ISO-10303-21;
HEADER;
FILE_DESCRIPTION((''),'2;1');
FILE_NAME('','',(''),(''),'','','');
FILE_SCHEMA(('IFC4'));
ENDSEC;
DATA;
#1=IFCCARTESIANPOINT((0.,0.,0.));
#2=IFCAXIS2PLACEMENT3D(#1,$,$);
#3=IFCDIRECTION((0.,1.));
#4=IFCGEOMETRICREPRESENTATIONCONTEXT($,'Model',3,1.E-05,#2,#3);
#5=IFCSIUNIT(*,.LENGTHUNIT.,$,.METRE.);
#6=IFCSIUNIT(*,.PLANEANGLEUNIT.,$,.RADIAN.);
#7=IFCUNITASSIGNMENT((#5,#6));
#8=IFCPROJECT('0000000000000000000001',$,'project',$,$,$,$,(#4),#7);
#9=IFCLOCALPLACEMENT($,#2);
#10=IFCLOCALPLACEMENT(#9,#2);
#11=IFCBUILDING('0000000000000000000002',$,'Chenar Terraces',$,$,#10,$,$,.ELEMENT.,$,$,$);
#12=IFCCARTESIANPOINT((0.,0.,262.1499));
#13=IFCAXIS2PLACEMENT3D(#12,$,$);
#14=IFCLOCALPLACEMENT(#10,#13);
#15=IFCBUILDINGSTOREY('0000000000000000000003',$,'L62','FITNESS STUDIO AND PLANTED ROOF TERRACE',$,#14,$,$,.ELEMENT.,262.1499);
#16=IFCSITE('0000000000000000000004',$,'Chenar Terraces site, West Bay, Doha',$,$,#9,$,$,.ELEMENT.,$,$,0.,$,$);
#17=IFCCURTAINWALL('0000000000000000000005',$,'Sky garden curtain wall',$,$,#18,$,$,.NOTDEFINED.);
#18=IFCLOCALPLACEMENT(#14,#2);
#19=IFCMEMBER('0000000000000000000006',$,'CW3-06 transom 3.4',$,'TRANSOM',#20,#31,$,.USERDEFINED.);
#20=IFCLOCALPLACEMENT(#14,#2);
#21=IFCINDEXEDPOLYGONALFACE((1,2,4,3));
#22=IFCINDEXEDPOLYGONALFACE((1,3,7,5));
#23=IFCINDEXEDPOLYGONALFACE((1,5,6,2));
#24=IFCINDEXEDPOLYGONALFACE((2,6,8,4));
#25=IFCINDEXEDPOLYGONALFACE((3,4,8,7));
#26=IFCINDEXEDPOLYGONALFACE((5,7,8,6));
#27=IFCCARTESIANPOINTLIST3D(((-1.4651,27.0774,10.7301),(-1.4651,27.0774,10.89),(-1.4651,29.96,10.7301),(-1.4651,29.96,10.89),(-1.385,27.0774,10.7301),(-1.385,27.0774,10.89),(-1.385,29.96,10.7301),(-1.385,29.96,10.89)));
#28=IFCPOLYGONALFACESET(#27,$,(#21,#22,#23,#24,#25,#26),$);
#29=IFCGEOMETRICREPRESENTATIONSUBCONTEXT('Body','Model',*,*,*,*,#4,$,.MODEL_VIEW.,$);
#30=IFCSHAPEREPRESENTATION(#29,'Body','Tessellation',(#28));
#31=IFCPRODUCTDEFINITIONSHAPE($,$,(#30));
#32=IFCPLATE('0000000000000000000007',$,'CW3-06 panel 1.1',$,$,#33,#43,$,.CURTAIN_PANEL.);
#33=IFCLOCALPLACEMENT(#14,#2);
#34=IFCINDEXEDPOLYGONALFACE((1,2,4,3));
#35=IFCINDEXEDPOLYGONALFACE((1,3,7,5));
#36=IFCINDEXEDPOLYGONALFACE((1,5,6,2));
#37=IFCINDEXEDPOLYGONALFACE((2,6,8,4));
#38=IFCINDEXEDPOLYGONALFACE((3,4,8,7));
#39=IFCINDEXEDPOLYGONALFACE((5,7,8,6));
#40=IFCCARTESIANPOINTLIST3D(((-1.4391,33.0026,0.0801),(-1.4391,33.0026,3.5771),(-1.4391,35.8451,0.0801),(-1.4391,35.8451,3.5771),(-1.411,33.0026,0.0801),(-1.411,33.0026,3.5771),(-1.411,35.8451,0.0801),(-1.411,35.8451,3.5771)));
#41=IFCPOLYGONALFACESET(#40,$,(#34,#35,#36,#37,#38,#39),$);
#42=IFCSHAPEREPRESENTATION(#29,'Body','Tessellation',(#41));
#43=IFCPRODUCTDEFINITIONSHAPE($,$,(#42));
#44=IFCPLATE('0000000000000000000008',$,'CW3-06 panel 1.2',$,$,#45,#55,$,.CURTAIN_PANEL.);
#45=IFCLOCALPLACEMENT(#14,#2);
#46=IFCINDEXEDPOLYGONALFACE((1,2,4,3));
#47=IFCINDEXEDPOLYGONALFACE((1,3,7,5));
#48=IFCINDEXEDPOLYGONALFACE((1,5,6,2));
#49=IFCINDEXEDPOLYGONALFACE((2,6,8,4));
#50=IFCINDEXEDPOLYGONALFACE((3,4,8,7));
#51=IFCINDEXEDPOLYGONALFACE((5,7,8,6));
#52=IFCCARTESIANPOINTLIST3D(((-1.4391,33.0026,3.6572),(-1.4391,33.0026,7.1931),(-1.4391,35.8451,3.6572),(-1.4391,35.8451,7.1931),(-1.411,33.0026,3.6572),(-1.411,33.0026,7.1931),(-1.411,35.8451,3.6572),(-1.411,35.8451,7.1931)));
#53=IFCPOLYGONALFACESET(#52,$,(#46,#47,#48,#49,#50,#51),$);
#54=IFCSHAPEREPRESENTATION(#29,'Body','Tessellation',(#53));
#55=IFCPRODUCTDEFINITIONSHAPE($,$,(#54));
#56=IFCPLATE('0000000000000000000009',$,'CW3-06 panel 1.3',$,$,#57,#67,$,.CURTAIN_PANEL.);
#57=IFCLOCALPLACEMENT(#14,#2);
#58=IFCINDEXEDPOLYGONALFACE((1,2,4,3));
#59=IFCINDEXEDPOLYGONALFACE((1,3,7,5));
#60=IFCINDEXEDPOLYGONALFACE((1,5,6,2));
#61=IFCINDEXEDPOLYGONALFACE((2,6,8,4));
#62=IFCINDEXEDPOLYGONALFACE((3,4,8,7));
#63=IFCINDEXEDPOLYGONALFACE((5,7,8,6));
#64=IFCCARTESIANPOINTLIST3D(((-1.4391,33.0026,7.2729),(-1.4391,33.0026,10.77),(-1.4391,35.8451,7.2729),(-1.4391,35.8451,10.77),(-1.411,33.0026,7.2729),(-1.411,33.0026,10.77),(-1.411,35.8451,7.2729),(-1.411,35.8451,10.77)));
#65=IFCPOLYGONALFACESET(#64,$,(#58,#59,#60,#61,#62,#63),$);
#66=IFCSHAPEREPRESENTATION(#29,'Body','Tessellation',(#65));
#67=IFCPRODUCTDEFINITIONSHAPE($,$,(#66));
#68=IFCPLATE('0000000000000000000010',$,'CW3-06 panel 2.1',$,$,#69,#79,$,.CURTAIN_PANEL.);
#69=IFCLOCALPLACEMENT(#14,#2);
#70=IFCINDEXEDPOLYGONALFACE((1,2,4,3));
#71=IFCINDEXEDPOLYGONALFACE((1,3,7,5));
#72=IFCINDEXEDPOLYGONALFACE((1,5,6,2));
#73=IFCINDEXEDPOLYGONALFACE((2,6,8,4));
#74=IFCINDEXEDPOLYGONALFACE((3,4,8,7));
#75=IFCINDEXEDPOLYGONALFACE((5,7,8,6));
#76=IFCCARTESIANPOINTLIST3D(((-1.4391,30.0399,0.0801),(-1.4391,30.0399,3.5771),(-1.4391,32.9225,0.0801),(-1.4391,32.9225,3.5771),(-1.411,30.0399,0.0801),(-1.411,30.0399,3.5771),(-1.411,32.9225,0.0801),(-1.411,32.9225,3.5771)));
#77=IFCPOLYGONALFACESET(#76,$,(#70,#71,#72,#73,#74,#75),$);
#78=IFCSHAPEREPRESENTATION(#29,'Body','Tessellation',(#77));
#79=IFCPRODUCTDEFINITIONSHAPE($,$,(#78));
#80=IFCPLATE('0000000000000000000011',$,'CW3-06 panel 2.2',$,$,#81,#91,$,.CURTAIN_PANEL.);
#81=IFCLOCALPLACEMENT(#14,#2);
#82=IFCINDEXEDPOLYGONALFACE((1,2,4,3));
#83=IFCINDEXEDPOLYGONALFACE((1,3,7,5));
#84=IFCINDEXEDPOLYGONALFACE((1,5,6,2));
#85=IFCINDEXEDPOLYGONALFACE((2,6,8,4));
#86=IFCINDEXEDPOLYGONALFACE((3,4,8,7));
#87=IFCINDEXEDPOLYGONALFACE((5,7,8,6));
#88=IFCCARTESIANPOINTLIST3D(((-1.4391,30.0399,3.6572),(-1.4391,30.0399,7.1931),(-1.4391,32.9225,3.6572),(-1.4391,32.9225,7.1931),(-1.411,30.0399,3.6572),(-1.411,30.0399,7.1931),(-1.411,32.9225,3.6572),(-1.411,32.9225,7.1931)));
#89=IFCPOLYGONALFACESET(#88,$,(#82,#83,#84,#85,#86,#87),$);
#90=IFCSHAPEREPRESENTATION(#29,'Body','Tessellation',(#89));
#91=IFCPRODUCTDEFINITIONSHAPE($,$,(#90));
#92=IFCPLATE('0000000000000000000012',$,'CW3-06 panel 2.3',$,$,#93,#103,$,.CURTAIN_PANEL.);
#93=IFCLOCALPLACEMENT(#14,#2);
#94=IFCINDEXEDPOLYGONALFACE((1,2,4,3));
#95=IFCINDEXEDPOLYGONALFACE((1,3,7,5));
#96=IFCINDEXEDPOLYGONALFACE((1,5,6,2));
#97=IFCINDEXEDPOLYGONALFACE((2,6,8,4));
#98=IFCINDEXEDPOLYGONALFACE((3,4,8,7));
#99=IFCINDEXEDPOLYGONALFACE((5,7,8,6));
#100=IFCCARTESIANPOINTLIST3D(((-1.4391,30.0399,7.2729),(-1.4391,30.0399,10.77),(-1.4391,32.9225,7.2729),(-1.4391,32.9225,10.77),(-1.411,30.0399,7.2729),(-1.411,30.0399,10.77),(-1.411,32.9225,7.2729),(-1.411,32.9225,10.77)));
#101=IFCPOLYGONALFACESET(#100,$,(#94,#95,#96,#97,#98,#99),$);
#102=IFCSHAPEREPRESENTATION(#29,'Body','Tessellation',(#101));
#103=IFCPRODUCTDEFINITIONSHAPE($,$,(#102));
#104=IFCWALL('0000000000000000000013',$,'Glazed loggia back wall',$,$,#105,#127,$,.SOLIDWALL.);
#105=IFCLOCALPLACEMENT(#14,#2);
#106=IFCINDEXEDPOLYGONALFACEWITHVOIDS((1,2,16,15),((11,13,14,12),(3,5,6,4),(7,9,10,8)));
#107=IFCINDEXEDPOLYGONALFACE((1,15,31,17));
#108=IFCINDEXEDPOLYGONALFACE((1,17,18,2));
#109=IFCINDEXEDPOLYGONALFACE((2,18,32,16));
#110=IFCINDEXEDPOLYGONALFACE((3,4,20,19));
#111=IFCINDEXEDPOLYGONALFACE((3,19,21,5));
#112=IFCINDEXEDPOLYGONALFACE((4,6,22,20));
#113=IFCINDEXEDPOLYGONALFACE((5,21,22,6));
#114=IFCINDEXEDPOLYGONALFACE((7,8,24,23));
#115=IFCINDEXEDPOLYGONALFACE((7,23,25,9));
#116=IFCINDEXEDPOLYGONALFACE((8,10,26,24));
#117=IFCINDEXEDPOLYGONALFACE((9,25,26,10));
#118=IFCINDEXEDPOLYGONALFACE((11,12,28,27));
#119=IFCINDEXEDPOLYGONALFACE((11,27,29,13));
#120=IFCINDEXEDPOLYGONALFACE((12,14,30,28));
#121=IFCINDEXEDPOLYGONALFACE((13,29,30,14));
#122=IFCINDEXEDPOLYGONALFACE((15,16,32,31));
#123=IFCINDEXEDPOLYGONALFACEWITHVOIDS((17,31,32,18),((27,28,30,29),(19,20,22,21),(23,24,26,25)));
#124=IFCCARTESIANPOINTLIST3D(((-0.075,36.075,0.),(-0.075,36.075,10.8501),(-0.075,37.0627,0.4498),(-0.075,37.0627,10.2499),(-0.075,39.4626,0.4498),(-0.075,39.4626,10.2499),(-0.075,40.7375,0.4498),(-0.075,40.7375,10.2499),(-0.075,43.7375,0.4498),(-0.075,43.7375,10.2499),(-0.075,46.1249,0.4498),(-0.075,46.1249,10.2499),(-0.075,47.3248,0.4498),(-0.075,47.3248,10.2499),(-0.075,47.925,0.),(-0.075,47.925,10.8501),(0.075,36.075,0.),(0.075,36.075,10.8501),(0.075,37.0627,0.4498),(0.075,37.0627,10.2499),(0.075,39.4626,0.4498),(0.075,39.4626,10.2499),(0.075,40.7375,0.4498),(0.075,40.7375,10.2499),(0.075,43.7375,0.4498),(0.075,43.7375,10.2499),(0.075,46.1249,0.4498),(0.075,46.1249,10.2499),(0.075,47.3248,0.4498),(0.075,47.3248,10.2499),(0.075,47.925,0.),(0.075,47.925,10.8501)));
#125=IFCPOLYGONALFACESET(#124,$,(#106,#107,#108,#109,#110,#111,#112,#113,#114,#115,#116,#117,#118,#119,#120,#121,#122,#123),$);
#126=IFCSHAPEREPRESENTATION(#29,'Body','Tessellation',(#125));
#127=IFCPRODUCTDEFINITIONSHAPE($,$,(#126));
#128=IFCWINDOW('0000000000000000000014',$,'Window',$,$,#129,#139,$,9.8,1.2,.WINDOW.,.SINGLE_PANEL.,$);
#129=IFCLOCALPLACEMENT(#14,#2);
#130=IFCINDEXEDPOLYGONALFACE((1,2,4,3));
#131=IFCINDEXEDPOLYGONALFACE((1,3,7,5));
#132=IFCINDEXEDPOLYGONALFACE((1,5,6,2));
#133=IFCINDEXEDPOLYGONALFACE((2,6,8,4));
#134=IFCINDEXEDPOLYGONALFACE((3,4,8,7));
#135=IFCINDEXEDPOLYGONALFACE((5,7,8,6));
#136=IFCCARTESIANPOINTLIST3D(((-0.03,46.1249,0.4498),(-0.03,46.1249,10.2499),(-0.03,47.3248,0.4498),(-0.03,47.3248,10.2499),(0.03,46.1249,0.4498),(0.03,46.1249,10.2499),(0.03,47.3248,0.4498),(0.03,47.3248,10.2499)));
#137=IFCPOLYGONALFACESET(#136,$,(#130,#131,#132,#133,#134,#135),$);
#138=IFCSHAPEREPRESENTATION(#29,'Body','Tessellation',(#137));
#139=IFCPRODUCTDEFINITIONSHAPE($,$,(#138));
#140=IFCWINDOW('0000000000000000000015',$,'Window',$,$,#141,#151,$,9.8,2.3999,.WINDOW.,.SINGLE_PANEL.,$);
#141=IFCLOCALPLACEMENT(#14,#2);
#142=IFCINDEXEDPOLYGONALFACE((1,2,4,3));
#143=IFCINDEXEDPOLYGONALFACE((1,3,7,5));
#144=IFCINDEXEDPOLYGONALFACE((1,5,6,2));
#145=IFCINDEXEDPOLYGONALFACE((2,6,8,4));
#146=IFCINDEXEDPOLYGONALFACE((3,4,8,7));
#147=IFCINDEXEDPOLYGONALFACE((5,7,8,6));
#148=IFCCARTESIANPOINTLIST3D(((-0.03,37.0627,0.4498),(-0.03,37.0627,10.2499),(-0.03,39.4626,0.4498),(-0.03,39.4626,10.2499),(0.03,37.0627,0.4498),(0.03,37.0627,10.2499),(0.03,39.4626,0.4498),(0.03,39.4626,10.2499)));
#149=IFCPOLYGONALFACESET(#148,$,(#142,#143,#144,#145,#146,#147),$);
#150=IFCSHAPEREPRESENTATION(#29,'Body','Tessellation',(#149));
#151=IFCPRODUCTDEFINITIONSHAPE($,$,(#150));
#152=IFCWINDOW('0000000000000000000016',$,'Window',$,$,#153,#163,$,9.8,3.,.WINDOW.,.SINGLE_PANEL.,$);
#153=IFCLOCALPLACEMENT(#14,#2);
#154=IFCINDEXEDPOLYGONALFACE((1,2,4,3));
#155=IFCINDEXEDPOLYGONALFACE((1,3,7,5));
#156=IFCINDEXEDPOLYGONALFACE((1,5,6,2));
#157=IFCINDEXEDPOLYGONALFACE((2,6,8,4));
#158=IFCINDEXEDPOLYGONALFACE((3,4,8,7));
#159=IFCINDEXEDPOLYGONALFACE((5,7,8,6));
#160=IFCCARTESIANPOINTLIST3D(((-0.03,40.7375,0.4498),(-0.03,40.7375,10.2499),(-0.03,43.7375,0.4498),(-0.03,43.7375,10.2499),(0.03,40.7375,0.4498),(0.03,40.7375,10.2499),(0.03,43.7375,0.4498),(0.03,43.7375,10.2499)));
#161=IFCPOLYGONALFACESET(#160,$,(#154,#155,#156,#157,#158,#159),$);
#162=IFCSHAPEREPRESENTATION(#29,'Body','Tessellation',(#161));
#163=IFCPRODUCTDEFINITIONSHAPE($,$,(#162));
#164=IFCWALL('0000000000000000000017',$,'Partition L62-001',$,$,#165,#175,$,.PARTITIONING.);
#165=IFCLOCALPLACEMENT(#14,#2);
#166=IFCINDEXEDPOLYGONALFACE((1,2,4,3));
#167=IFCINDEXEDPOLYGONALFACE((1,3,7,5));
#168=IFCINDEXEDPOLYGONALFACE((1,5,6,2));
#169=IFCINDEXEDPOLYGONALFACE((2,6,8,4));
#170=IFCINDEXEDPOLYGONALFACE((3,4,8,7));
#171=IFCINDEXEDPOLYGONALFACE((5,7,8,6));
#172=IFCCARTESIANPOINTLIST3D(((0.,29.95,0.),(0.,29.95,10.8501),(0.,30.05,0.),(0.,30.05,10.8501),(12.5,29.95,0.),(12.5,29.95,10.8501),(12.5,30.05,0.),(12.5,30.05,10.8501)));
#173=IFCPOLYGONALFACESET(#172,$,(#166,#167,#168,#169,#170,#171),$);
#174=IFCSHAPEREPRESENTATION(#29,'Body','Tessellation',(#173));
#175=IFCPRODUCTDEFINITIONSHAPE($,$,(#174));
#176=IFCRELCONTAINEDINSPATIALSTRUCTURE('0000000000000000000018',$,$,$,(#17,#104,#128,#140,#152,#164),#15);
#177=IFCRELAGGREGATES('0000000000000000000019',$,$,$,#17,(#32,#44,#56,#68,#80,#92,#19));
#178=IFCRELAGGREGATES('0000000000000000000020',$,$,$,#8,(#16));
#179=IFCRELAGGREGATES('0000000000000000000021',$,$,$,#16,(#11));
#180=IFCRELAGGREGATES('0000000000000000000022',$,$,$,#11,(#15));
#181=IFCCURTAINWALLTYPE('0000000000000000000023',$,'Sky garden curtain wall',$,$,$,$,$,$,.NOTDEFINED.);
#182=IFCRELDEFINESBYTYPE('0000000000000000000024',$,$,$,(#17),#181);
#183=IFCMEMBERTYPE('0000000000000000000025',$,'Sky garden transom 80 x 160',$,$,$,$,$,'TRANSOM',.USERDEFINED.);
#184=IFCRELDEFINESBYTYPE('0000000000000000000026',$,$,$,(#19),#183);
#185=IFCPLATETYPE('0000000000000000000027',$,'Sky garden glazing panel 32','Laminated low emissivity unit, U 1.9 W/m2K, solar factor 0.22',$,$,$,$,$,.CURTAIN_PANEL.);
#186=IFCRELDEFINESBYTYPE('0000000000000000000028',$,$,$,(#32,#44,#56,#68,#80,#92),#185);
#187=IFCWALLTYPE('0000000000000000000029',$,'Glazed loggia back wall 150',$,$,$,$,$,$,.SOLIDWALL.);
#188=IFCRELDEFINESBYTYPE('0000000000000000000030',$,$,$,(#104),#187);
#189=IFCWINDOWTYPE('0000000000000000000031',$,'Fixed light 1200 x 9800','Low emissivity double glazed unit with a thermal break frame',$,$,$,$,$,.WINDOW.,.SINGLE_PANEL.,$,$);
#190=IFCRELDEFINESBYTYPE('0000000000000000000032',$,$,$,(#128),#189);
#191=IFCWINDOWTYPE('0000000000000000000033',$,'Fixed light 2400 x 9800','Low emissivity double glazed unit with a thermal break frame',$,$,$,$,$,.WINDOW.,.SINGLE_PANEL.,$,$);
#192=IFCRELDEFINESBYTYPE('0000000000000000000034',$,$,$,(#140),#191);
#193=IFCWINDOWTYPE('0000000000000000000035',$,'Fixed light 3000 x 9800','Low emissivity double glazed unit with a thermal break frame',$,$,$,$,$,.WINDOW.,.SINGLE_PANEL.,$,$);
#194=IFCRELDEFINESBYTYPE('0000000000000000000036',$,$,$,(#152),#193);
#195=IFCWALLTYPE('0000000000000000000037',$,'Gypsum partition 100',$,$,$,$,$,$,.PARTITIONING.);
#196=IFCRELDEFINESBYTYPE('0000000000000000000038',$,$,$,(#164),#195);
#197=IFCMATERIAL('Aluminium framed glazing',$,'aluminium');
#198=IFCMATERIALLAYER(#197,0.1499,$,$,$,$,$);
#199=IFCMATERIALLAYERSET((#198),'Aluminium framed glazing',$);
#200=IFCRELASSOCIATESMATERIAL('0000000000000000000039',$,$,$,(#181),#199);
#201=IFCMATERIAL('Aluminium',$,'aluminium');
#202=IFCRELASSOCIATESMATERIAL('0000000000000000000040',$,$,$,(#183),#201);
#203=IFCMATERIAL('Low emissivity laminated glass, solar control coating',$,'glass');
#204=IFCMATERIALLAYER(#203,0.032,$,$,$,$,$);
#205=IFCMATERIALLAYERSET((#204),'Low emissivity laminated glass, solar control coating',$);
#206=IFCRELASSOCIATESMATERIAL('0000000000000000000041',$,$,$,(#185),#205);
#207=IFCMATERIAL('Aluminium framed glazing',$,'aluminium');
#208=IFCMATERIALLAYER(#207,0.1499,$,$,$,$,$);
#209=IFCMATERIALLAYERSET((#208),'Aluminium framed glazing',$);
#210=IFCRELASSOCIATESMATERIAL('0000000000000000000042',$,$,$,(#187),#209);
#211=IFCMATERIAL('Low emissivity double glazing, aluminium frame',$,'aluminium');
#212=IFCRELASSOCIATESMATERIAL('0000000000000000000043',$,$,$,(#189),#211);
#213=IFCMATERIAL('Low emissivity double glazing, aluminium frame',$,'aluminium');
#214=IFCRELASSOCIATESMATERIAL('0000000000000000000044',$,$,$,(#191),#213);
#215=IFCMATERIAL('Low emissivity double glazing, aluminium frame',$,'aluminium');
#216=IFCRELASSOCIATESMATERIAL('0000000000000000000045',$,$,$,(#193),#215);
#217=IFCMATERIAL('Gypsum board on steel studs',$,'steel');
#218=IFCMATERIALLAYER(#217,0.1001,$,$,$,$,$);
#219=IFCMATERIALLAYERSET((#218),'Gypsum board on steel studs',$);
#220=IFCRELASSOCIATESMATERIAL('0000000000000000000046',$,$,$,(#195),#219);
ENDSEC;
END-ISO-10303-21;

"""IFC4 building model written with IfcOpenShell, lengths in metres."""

from ifc_helpers import new_model, si_unit, direction, frame, frame_2d, origin, origin_2d, place, context, subcontext, project, spatial, rectangle, extrude, material, layer, layer_set, material_profile, profile_set, type_object, element, fill, aggregate, save


model = new_model("IFC4")

# Units and contexts
model_context = context("Model", 3, precision=1e-05, world=origin(), true_north=direction((0.0, 1.0)))
body_context = subcontext(model_context, "Body", "Model", "MODEL_VIEW")
ifc_project = project(units=[si_unit("LENGTHUNIT", "METRE"), si_unit("PLANEANGLEUNIT", "RADIAN")], contexts=[model_context])

# Site, building, storey
site_placement = place(None, origin())
site = spatial("IfcSite", under=ifc_project, at=site_placement, Name="Chenar Terraces site, West Bay, Doha", CompositionType="ELEMENT", RefElevation=0.0)
building_placement = place(site_placement, origin())
building = spatial("IfcBuilding", under=site, at=building_placement, Name="Chenar Terraces", CompositionType="ELEMENT")
storey_placement = place(building_placement, frame((0.0, 0.0, 262.1499)))
storey = spatial("IfcBuildingStorey", under=building, at=storey_placement, Name="L62", Description="FITNESS STUDIO AND PLANTED ROOF TERRACE", CompositionType="ELEMENT", Elevation=262.1499)

# Shared definitions
ifc_material_1 = material(Name="Aluminium framed glazing", Category="aluminium")
ifc_layer_1 = layer(ifc_material_1, 0.1499)
ifc_layer_set_1 = layer_set([ifc_layer_1], Name="Aluminium framed glazing")
curtain_wall_type = type_object("IfcCurtainWallType", Name="Sky garden curtain wall", PredefinedType="NOTDEFINED", material=ifc_layer_set_1)
placement = place(storey_placement, origin())

# Curtain wall, member, plates
curtain_wall_1 = element("IfcCurtainWall", 1, at=placement, inside=storey, type_object=curtain_wall_type, Name="Sky garden curtain wall", PredefinedType="NOTDEFINED")
ifc_material_2 = material(Name="Aluminium", Category="aluminium")
ifc_material_profile_1 = material_profile(ifc_material_2, rectangle(XDim=0.0801, YDim=0.1599, at=origin_2d()), Name="Sky garden transom 80 x 160")
ifc_profile_set_1 = profile_set([ifc_material_profile_1], Name="Aluminium")
member_type_1 = type_object("IfcMemberType", Name="Sky garden transom 80 x 160", ElementType="TRANSOM", PredefinedType="USERDEFINED", material=ifc_profile_set_1)
member_1_placement = place(storey_placement, frame((-1.425, 29.96, 10.8101), z_axis=(0.0, -1.0, 0.0), x_axis=(1.0, 0.0, 0.0)))
member_1 = element("IfcMember", 2, at=member_1_placement, type_object=member_type_1, Name="CW3-06 transom 3.4", ObjectType="TRANSOM", PredefinedType="USERDEFINED", context=body_context, shape_type="SweptSolid", body=[
    extrude(rectangle(XDim=0.0801, YDim=0.1599, at=origin_2d()), origin(), (0.0, 0.0, 1.0), 2.8826),
])
ifc_material_3 = material(Name="Low emissivity laminated glass, solar control coating", Category="glass")
ifc_layer_2 = layer(ifc_material_3, 0.032)
ifc_layer_set_2 = layer_set([ifc_layer_2], Name="Low emissivity laminated glass, solar control coating")
plate_type = type_object("IfcPlateType", Name="Sky garden glazing panel 32", Description="Laminated low emissivity unit, U 1.9 W/m2K, solar factor 0.22", PredefinedType="CURTAIN_PANEL", material=ifc_layer_set_2)
plate_1_placement = place(storey_placement, frame((-1.425, 34.4238, 0.0801), z_axis=(0.0, 0.0, 1.0), x_axis=(0.0, -1.0, 0.0)))
plate_1 = element("IfcPlate", 3, at=plate_1_placement, type_object=plate_type, Name="CW3-06 panel 1.1", PredefinedType="CURTAIN_PANEL", context=body_context, shape_type="SweptSolid", body=[
    extrude(rectangle(XDim=2.8425, YDim=0.0281, at=origin_2d()), origin(), (0.0, 0.0, 1.0), 3.4971),
])
plate_2_placement = place(storey_placement, frame((-1.425, 34.4238, 3.6572), z_axis=(0.0, 0.0, 1.0), x_axis=(0.0, -1.0, 0.0)))
plate_2 = element("IfcPlate", 4, at=plate_2_placement, type_object=plate_type, Name="CW3-06 panel 1.2", PredefinedType="CURTAIN_PANEL", context=body_context, shape_type="SweptSolid", body=[
    extrude(rectangle(XDim=2.8425, YDim=0.0281, at=origin_2d()), origin(), (0.0, 0.0, 1.0), 3.5359),
])
plate_3_placement = place(storey_placement, frame((-1.425, 34.4238, 7.2729), z_axis=(0.0, 0.0, 1.0), x_axis=(0.0, -1.0, 0.0)))
plate_3 = element("IfcPlate", 5, at=plate_3_placement, type_object=plate_type, Name="CW3-06 panel 1.3", PredefinedType="CURTAIN_PANEL", context=body_context, shape_type="SweptSolid", body=[
    extrude(rectangle(XDim=2.8425, YDim=0.0281, at=origin_2d()), origin(), (0.0, 0.0, 1.0), 3.4971),
])
plate_4_placement = place(storey_placement, frame((-1.425, 31.4812, 0.0801), z_axis=(0.0, 0.0, 1.0), x_axis=(0.0, -1.0, 0.0)))
plate_4 = element("IfcPlate", 6, at=plate_4_placement, type_object=plate_type, Name="CW3-06 panel 2.1", PredefinedType="CURTAIN_PANEL", context=body_context, shape_type="SweptSolid", body=[
    extrude(rectangle(XDim=2.8826, YDim=0.0281, at=origin_2d()), origin(), (0.0, 0.0, 1.0), 3.4971),
])
plate_5_placement = place(storey_placement, frame((-1.425, 31.4812, 3.6572), z_axis=(0.0, 0.0, 1.0), x_axis=(0.0, -1.0, 0.0)))
plate_5 = element("IfcPlate", 7, at=plate_5_placement, type_object=plate_type, Name="CW3-06 panel 2.2", PredefinedType="CURTAIN_PANEL", context=body_context, shape_type="SweptSolid", body=[
    extrude(rectangle(XDim=2.8826, YDim=0.0281, at=origin_2d()), origin(), (0.0, 0.0, 1.0), 3.5359),
])
plate_6_placement = place(storey_placement, frame((-1.425, 31.4812, 7.2729), z_axis=(0.0, 0.0, 1.0), x_axis=(0.0, -1.0, 0.0)))
plate_6 = element("IfcPlate", 8, at=plate_6_placement, type_object=plate_type, Name="CW3-06 panel 2.3", PredefinedType="CURTAIN_PANEL", context=body_context, shape_type="SweptSolid", body=[
    extrude(rectangle(XDim=2.8826, YDim=0.0281, at=origin_2d()), origin(), (0.0, 0.0, 1.0), 3.4971),
])
aggregate(curtain_wall_1, [plate_1, plate_2, plate_3, plate_4, plate_5, plate_6, member_1])

# Wall, openings, windows
ifc_material_4 = material(Name="Aluminium framed glazing", Category="aluminium")
ifc_layer_3 = layer(ifc_material_4, 0.1499)
ifc_layer_set_3 = layer_set([ifc_layer_3], Name="Aluminium framed glazing")
wall_type_1 = type_object("IfcWallType", Name="Glazed loggia back wall 150", PredefinedType="SOLIDWALL", material=ifc_layer_set_3)
wall_1_placement = place(storey_placement, frame((0.0, 47.925, 0.0), z_axis=(0.0, 0.0, 1.0), x_axis=(0.0, -1.0, 0.0)))
wall_1 = element("IfcWall", 9, at=wall_1_placement, inside=storey, type_object=wall_type_1, Name="Glazed loggia back wall", PredefinedType="SOLIDWALL", context=body_context, shape_type="SweptSolid", body=[
    extrude(rectangle(XDim=11.8501, YDim=0.1499, at=frame_2d((5.925, 0.0))), origin(), (0.0, 0.0, 1.0), 10.8501),
])
opening_1_placement = place(wall_1_placement, frame((0.6001, 0.0, 0.45)))
opening_1 = element("IfcOpeningElement", 10, at=opening_1_placement, cuts=wall_1, PredefinedType="OPENING", context=body_context, shape_type="SweptSolid", body=[
    extrude(rectangle(XDim=1.2, YDim=9.8, at=frame_2d((0.6001, 4.8999))), frame((0.0, 0.085, 0.0), z_axis=(0.0, -1.0, 0.0), x_axis=(1.0, 0.0, 0.0)), (0.0, 0.0, 1.0), 0.1699),
])
opening_2_placement = place(wall_1_placement, frame((4.1875, 0.0, 0.45)))
opening_2 = element("IfcOpeningElement", 11, at=opening_2_placement, cuts=wall_1, PredefinedType="OPENING", context=body_context, shape_type="SweptSolid", body=[
    extrude(rectangle(XDim=3.0, YDim=9.8, at=frame_2d((1.5, 4.8999))), frame((0.0, 0.085, 0.0), z_axis=(0.0, -1.0, 0.0), x_axis=(1.0, 0.0, 0.0)), (0.0, 0.0, 1.0), 0.1699),
])
opening_3_placement = place(wall_1_placement, frame((8.4624, 0.0, 0.45)))
opening_3 = element("IfcOpeningElement", 12, at=opening_3_placement, cuts=wall_1, PredefinedType="OPENING", context=body_context, shape_type="SweptSolid", body=[
    extrude(rectangle(XDim=2.3999, YDim=9.8, at=frame_2d((1.2, 4.8999))), frame((0.0, 0.085, 0.0), z_axis=(0.0, -1.0, 0.0), x_axis=(1.0, 0.0, 0.0)), (0.0, 0.0, 1.0), 0.1699),
])
ifc_material_5 = material(Name="Low emissivity double glazing, aluminium frame", Category="aluminium")
window_type_1 = type_object("IfcWindowType", Name="Fixed light 1200 x 9800", Description="Low emissivity double glazed unit with a thermal break frame", PartitioningType="SINGLE_PANEL", PredefinedType="WINDOW", material=ifc_material_5)
window_1_placement = place(opening_1_placement, origin())
window_1 = element("IfcWindow", 13, at=window_1_placement, inside=storey, type_object=window_type_1, Name="Window", OverallHeight=9.8, OverallWidth=1.2, PartitioningType="SINGLE_PANEL", PredefinedType="WINDOW", context=body_context, shape_type="SweptSolid", body=[
    extrude(rectangle(XDim=1.2, YDim=9.8, at=frame_2d((0.6001, 4.8999))), frame((0.0, 0.03, 0.0), z_axis=(0.0, -1.0, 0.0), x_axis=(1.0, 0.0, 0.0)), (0.0, 0.0, 1.0), 0.0601),
])
fill(opening_1, window_1)
ifc_material_6 = material(Name="Low emissivity double glazing, aluminium frame", Category="aluminium")
window_type_2 = type_object("IfcWindowType", Name="Fixed light 2400 x 9800", Description="Low emissivity double glazed unit with a thermal break frame", PartitioningType="SINGLE_PANEL", PredefinedType="WINDOW", material=ifc_material_6)
window_2_placement = place(opening_3_placement, origin())
window_2 = element("IfcWindow", 14, at=window_2_placement, inside=storey, type_object=window_type_2, Name="Window", OverallHeight=9.8, OverallWidth=2.3999, PartitioningType="SINGLE_PANEL", PredefinedType="WINDOW", context=body_context, shape_type="SweptSolid", body=[
    extrude(rectangle(XDim=2.3999, YDim=9.8, at=frame_2d((1.2, 4.8999))), frame((0.0, 0.03, 0.0), z_axis=(0.0, -1.0, 0.0), x_axis=(1.0, 0.0, 0.0)), (0.0, 0.0, 1.0), 0.0601),
])
fill(opening_3, window_2)
ifc_material_7 = material(Name="Low emissivity double glazing, aluminium frame", Category="aluminium")
window_type_3 = type_object("IfcWindowType", Name="Fixed light 3000 x 9800", Description="Low emissivity double glazed unit with a thermal break frame", PartitioningType="SINGLE_PANEL", PredefinedType="WINDOW", material=ifc_material_7)
window_3_placement = place(opening_2_placement, origin())
window_3 = element("IfcWindow", 15, at=window_3_placement, inside=storey, type_object=window_type_3, Name="Window", OverallHeight=9.8, OverallWidth=3.0, PartitioningType="SINGLE_PANEL", PredefinedType="WINDOW", context=body_context, shape_type="SweptSolid", body=[
    extrude(rectangle(XDim=3.0, YDim=9.8, at=frame_2d((1.5, 4.8999))), frame((0.0, 0.03, 0.0), z_axis=(0.0, -1.0, 0.0), x_axis=(1.0, 0.0, 0.0)), (0.0, 0.0, 1.0), 0.0601),
])
fill(opening_2, window_3)

# Wall
ifc_material_8 = material(Name="Gypsum board on steel studs", Category="steel")
ifc_layer_4 = layer(ifc_material_8, 0.1001)
ifc_layer_set_4 = layer_set([ifc_layer_4], Name="Gypsum board on steel studs")
wall_type_2 = type_object("IfcWallType", Name="Gypsum partition 100", PredefinedType="PARTITIONING", material=ifc_layer_set_4)
wall_2_placement = place(storey_placement, frame((0.0, 30.0, 0.0), z_axis=(0.0, 0.0, 1.0), x_axis=(1.0, 0.0, 0.0)))
element("IfcWall", 16, at=wall_2_placement, inside=storey, type_object=wall_type_2, Name="Partition L62-001", PredefinedType="PARTITIONING", context=body_context, shape_type="SweptSolid", body=[
    extrude(rectangle(XDim=12.5, YDim=0.1001, at=frame_2d((6.25, 0.0))), origin(), (0.0, 0.0, 1.0), 10.8501),
])

save(model, "model.ifc")
